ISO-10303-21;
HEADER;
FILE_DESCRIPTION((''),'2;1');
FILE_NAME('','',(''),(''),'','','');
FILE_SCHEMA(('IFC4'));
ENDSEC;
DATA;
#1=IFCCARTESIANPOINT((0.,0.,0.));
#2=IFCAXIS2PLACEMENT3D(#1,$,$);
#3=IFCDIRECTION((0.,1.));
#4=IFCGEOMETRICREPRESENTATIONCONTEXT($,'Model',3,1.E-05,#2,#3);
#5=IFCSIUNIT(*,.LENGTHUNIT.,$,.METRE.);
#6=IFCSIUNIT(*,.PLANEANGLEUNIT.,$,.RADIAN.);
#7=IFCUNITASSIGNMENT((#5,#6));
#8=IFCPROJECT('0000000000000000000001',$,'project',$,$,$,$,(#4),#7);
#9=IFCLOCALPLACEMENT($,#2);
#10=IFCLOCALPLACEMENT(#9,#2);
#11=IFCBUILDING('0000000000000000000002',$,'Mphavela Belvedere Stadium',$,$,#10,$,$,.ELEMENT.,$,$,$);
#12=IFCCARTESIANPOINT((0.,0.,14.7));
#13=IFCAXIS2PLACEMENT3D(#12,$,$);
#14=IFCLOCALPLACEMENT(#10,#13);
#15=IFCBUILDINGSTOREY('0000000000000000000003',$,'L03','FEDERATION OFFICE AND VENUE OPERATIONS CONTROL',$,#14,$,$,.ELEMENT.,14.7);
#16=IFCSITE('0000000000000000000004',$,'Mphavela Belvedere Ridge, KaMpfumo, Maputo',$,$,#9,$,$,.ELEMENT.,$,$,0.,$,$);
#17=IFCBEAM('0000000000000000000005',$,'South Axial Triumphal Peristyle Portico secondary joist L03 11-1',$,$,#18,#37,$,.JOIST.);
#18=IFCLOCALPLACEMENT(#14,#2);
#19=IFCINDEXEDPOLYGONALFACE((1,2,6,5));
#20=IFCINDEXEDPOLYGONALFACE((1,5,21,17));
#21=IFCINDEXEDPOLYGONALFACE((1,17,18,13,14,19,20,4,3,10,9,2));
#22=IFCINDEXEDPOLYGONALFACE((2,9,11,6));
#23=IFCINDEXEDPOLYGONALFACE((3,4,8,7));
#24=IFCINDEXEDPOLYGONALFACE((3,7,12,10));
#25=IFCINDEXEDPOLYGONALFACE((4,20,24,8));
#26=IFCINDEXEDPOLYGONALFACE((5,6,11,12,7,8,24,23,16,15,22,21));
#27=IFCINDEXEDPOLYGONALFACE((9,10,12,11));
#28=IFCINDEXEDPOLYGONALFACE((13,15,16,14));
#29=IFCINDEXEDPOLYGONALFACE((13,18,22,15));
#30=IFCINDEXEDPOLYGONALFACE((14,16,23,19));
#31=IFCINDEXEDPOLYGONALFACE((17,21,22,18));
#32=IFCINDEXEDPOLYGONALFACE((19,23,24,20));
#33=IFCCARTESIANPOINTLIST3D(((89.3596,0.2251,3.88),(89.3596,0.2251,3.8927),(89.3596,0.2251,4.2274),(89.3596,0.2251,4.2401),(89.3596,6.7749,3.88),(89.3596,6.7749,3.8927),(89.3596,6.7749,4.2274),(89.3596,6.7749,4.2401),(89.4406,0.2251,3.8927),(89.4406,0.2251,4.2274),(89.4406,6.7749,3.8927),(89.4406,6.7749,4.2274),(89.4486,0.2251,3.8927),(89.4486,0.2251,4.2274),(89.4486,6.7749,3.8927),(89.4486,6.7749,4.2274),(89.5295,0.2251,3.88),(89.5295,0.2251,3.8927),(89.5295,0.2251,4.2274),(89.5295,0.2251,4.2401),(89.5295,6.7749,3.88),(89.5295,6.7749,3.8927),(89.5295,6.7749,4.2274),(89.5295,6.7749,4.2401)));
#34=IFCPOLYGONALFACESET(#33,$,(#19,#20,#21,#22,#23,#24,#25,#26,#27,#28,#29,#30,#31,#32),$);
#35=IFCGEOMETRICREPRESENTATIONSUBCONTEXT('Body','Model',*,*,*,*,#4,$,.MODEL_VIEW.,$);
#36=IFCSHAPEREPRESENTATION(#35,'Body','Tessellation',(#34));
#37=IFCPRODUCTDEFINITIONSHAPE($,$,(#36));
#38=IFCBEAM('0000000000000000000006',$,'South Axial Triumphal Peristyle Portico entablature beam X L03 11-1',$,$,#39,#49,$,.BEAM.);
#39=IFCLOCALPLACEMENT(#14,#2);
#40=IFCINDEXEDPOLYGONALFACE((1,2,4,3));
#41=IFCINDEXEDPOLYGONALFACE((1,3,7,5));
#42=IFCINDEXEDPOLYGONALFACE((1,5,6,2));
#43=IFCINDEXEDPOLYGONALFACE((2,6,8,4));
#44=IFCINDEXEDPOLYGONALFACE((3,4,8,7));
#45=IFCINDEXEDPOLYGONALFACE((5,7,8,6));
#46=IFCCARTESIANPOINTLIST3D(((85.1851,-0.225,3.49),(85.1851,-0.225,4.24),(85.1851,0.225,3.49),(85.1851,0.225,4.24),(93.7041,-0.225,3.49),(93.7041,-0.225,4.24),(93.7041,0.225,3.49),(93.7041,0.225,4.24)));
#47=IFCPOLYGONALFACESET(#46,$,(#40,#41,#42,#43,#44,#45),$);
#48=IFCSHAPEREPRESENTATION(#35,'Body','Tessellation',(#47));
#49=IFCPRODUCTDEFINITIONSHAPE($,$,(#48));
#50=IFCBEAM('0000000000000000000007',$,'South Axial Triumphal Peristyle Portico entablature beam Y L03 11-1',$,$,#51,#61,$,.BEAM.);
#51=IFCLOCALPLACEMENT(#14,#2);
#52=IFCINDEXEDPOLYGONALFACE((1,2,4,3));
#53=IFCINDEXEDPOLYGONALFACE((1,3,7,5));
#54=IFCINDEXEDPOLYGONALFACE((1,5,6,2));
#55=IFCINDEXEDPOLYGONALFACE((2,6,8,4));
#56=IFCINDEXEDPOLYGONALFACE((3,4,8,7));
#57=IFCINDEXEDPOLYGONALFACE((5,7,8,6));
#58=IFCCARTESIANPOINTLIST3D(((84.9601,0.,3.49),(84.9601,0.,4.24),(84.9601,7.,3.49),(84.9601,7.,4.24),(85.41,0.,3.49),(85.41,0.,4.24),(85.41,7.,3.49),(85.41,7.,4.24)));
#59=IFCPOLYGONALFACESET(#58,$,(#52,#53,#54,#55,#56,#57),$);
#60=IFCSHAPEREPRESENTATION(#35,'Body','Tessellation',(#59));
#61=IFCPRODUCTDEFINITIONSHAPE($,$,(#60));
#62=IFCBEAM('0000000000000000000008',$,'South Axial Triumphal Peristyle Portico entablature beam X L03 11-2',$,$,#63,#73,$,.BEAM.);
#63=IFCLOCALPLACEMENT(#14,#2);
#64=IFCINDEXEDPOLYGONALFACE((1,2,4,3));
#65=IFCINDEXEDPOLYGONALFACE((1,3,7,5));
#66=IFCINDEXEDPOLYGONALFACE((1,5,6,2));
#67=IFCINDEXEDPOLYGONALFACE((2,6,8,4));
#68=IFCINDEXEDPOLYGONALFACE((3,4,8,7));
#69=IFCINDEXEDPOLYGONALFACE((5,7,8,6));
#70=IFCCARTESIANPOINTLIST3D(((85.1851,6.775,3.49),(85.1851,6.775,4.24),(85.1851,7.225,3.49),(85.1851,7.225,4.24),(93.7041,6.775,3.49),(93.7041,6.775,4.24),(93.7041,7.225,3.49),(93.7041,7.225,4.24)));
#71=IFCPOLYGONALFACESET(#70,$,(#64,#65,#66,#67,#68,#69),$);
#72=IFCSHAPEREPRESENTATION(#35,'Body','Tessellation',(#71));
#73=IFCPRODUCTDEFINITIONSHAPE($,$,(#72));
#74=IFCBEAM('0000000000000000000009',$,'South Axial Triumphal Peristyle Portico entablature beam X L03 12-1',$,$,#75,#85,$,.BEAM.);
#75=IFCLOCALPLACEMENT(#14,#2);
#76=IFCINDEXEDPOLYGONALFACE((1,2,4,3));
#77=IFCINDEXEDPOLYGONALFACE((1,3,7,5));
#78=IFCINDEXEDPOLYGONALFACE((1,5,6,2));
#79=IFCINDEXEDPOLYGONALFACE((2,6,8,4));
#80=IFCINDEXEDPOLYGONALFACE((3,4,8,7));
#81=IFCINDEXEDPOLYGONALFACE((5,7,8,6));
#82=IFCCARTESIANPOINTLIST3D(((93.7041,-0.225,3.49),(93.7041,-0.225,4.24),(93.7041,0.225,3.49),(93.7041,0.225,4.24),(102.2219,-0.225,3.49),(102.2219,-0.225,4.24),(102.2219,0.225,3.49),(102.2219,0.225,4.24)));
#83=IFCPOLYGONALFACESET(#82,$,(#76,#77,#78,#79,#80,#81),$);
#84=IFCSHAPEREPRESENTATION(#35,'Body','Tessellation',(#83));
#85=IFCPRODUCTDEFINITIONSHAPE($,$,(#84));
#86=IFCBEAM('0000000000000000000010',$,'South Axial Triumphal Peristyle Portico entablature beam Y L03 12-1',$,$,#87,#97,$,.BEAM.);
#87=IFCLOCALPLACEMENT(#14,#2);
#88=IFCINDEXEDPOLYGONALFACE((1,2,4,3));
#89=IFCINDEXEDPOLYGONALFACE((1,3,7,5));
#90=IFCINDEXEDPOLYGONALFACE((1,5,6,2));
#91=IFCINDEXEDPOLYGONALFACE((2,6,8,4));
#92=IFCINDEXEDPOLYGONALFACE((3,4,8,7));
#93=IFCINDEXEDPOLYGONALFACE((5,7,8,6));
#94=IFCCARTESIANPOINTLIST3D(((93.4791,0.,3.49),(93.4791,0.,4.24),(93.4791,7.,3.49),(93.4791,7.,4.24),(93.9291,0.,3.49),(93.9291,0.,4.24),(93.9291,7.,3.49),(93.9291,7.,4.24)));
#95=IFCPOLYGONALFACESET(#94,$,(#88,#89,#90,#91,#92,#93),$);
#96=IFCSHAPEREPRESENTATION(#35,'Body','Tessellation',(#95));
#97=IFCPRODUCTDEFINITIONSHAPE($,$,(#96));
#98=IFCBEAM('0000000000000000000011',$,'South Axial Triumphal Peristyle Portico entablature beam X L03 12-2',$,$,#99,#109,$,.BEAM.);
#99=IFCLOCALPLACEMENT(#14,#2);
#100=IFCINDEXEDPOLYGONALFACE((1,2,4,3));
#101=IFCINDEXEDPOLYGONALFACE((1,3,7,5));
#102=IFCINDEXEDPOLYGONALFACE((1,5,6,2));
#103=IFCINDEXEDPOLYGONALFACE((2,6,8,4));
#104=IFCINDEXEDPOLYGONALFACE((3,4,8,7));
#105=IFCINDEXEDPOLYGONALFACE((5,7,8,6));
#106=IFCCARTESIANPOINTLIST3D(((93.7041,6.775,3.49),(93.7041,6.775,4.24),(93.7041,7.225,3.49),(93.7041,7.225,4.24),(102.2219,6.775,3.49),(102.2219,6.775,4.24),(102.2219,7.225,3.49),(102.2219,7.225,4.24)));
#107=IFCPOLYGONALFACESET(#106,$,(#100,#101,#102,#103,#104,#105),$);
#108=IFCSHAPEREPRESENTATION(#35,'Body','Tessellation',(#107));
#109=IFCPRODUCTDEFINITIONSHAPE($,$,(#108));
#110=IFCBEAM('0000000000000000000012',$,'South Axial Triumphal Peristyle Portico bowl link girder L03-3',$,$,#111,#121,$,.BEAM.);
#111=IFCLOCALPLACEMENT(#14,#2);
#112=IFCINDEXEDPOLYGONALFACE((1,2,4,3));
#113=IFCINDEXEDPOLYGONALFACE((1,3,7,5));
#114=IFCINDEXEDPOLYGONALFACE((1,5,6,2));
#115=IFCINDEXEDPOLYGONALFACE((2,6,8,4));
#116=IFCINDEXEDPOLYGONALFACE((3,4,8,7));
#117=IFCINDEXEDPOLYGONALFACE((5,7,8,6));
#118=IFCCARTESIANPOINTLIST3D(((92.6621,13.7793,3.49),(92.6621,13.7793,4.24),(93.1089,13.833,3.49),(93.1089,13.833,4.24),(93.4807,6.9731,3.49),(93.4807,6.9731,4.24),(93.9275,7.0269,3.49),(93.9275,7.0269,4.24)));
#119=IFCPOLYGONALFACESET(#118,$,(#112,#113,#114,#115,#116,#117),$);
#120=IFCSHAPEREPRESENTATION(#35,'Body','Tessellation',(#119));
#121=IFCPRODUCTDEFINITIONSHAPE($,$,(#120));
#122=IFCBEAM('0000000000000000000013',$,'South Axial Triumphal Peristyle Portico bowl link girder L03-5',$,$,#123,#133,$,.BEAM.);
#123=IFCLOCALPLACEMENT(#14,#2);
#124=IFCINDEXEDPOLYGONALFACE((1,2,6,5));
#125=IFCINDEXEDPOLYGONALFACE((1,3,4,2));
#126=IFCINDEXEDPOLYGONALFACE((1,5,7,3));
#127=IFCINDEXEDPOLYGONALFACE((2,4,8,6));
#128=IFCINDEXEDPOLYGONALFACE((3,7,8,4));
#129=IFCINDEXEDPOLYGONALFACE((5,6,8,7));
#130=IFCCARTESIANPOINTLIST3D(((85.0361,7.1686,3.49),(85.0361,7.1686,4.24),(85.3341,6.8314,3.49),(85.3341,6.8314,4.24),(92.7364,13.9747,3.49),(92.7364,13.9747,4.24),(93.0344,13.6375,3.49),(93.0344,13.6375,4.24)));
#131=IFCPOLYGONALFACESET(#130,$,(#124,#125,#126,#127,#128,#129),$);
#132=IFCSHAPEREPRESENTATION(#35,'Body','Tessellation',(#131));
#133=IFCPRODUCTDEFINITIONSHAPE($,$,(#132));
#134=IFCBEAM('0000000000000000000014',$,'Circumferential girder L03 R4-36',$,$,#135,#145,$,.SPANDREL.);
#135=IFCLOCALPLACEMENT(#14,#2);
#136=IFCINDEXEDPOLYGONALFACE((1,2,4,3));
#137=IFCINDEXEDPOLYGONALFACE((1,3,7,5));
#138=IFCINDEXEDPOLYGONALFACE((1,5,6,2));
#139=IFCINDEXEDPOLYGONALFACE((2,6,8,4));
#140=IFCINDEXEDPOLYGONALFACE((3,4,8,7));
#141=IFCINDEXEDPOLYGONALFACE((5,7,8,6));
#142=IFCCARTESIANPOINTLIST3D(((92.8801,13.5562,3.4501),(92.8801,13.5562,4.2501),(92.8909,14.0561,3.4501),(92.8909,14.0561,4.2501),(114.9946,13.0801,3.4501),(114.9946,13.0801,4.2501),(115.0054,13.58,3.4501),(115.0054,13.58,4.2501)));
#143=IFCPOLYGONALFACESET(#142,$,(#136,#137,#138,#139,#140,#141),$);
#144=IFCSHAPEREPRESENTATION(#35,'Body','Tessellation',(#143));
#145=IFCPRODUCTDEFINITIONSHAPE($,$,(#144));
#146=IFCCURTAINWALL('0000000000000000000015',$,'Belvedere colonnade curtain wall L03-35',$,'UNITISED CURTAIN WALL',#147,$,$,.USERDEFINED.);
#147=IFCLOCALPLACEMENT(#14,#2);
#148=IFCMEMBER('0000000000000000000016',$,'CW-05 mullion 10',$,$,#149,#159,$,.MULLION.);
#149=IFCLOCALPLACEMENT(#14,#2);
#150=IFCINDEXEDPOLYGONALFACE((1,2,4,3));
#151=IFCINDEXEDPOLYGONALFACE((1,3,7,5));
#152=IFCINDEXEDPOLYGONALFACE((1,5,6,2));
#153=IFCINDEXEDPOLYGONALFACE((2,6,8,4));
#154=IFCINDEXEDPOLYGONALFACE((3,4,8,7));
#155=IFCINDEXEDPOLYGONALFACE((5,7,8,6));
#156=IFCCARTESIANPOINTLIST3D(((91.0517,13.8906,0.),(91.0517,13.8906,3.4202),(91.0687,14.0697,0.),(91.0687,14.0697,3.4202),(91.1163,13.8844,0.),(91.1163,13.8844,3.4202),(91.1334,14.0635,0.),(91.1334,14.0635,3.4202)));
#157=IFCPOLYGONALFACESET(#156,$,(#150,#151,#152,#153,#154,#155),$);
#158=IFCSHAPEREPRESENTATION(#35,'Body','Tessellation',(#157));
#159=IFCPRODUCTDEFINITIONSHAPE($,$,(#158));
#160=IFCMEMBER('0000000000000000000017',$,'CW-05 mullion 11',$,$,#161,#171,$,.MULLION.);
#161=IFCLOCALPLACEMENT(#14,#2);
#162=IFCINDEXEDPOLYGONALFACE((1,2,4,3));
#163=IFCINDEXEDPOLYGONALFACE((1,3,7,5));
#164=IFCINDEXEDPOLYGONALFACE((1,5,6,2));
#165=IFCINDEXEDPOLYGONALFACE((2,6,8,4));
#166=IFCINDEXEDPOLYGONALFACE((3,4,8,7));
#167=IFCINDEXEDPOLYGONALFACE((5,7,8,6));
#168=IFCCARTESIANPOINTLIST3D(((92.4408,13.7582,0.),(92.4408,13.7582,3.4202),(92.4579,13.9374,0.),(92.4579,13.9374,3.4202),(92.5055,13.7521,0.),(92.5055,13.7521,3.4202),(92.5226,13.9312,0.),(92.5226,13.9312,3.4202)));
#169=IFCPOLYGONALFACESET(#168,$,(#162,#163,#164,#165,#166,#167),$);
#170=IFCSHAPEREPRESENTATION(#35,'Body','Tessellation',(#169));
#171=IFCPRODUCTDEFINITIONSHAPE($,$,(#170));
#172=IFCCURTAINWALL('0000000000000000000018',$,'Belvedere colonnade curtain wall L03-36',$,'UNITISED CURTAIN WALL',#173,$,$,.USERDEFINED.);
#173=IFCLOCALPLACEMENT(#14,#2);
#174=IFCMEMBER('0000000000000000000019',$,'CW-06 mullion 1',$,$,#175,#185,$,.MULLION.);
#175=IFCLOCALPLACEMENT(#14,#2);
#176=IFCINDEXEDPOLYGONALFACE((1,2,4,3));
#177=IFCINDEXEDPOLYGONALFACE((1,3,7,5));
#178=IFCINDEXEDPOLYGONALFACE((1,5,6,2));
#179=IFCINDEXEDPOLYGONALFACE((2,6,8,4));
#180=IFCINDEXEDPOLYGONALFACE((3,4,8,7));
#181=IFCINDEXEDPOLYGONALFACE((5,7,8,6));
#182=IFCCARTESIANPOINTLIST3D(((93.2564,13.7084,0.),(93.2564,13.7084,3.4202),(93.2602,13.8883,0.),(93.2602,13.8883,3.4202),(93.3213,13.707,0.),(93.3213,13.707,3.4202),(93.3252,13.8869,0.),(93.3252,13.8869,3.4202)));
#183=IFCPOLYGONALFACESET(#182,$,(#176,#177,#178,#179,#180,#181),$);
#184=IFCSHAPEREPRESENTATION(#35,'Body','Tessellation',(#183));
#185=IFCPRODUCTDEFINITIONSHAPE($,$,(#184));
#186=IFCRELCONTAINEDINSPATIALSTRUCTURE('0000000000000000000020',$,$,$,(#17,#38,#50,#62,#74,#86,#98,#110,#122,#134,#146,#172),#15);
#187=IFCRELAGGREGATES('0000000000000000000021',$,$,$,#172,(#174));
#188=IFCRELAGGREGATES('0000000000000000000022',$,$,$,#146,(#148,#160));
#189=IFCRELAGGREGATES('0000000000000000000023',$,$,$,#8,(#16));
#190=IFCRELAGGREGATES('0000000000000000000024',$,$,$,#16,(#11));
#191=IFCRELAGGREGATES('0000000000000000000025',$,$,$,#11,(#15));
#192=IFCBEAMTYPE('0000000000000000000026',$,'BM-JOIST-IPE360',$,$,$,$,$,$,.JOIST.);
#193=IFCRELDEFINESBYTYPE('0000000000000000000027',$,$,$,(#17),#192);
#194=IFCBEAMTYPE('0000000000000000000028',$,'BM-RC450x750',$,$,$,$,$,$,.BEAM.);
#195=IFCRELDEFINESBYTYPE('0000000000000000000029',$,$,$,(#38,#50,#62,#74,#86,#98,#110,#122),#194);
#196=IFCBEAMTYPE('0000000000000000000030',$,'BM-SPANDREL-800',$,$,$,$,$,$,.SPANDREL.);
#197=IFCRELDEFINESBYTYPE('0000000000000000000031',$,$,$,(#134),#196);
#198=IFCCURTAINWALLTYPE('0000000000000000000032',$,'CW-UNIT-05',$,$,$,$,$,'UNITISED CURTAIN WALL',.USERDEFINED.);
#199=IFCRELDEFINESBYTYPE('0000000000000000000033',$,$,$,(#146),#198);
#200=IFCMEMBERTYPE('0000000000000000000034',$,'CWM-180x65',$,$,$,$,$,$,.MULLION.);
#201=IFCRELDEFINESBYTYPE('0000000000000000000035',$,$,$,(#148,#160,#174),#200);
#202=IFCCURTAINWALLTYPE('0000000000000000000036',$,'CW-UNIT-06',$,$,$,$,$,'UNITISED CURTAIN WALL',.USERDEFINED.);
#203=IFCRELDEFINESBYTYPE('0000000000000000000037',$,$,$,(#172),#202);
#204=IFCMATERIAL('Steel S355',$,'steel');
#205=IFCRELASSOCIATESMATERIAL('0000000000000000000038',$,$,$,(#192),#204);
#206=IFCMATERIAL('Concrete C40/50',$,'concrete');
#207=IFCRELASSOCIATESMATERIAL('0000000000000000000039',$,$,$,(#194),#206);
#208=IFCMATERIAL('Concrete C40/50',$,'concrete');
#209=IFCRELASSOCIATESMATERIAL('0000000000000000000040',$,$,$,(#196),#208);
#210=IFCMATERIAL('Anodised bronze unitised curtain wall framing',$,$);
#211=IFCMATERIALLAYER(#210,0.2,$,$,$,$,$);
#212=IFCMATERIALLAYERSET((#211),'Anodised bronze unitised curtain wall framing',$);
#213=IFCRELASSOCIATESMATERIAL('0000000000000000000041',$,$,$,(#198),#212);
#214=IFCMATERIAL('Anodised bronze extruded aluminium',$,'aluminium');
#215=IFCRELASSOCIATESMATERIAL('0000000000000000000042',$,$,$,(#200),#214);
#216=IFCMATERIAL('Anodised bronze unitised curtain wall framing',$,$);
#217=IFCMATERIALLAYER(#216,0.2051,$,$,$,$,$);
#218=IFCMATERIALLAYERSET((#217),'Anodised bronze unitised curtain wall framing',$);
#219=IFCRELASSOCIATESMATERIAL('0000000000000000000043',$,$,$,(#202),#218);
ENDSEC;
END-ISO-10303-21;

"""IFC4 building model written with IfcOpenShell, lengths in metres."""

from ifc_helpers import new_model, si_unit, direction, frame, origin, origin_2d, place, context, subcontext, project, spatial, rectangle, i_section, extrude, material, layer, layer_set, material_profile, profile_set, type_object, element, aggregate, save


model = new_model("IFC4")

# Units and contexts
model_context = context("Model", 3, precision=1e-05, world=origin(), true_north=direction((0.0, 1.0)))
body_context = subcontext(model_context, "Body", "Model", "MODEL_VIEW")
ifc_project = project(units=[si_unit("LENGTHUNIT", "METRE"), si_unit("PLANEANGLEUNIT", "RADIAN")], contexts=[model_context])

# Site, building, storey
site_placement = place(None, origin())
site = spatial("IfcSite", under=ifc_project, at=site_placement, Name="Mphavela Belvedere Ridge, KaMpfumo, Maputo", CompositionType="ELEMENT", RefElevation=0.0)
building_placement = place(site_placement, origin())
building = spatial("IfcBuilding", under=site, at=building_placement, Name="Mphavela Belvedere Stadium", CompositionType="ELEMENT")
storey_placement = place(building_placement, frame((0.0, 0.0, 14.7)))
storey = spatial("IfcBuildingStorey", under=building, at=storey_placement, Name="L03", Description="FEDERATION OFFICE AND VENUE OPERATIONS CONTROL", CompositionType="ELEMENT", Elevation=14.7)

# Beams
ifc_material_1 = material(Name="Steel S355", Category="steel")
ifc_material_profile_1 = material_profile(ifc_material_1, i_section(OverallWidth=0.1699, OverallDepth=0.3601, WebThickness=0.0081, FlangeThickness=0.0127, at=origin_2d()), Name="IPE 360")
ifc_profile_set_1 = profile_set([ifc_material_profile_1], Name="Steel S355")
beam_type_1 = type_object("IfcBeamType", Name="BM-JOIST-IPE360", PredefinedType="JOIST", material=ifc_profile_set_1)
beam_1_placement = place(storey_placement, frame((89.4446, 0.2251, 4.0601), z_axis=(0.0, 1.0, 0.0), x_axis=(-1.0, 0.0, 0.0)))
element("IfcBeam", 1, at=beam_1_placement, inside=storey, type_object=beam_type_1, Name="South Axial Triumphal Peristyle Portico secondary joist L03 11-1", PredefinedType="JOIST", context=body_context, shape_type="SweptSolid", body=[
    extrude(i_section(OverallWidth=0.1699, OverallDepth=0.3601, WebThickness=0.0081, FlangeThickness=0.0127, at=origin_2d()), origin(), (0.0, 0.0, 1.0), 6.5498),
])
ifc_material_2 = material(Name="Concrete C40/50", Category="concrete")
ifc_material_profile_2 = material_profile(ifc_material_2, rectangle(XDim=0.45, YDim=0.75, at=origin_2d()), Name="RC 450x750")
ifc_profile_set_2 = profile_set([ifc_material_profile_2], Name="Concrete C40/50")
beam_type_2 = type_object("IfcBeamType", Name="BM-RC450x750", PredefinedType="BEAM", material=ifc_profile_set_2)
beam_2_placement = place(storey_placement, frame((85.1851, 0.0, 3.865), z_axis=(1.0, 0.0, 0.0), x_axis=(0.0, 1.0, 0.0)))
element("IfcBeam", 2, at=beam_2_placement, inside=storey, type_object=beam_type_2, Name="South Axial Triumphal Peristyle Portico entablature beam X L03 11-1", PredefinedType="BEAM", context=body_context, shape_type="SweptSolid", body=[
    extrude(rectangle(XDim=0.45, YDim=0.75, at=origin_2d()), origin(), (0.0, 0.0, 1.0), 8.519),
])
beam_3_placement = place(storey_placement, frame((85.1851, 0.0, 3.865), z_axis=(0.0, 1.0, 0.0), x_axis=(-1.0, 0.0, 0.0)))
element("IfcBeam", 3, at=beam_3_placement, inside=storey, type_object=beam_type_2, Name="South Axial Triumphal Peristyle Portico entablature beam Y L03 11-1", PredefinedType="BEAM", context=body_context, shape_type="SweptSolid", body=[
    extrude(rectangle(XDim=0.45, YDim=0.75, at=origin_2d()), origin(), (0.0, 0.0, 1.0), 7.0),
])
beam_4_placement = place(storey_placement, frame((85.1851, 7.0, 3.865), z_axis=(1.0, 0.0, 0.0), x_axis=(0.0, 1.0, 0.0)))
element("IfcBeam", 4, at=beam_4_placement, inside=storey, type_object=beam_type_2, Name="South Axial Triumphal Peristyle Portico entablature beam X L03 11-2", PredefinedType="BEAM", context=body_context, shape_type="SweptSolid", body=[
    extrude(rectangle(XDim=0.45, YDim=0.75, at=origin_2d()), origin(), (0.0, 0.0, 1.0), 8.519),
])
beam_5_placement = place(storey_placement, frame((93.7041, 0.0, 3.865), z_axis=(1.0, 0.0, 0.0), x_axis=(0.0, 1.0, 0.0)))
element("IfcBeam", 5, at=beam_5_placement, inside=storey, type_object=beam_type_2, Name="South Axial Triumphal Peristyle Portico entablature beam X L03 12-1", PredefinedType="BEAM", context=body_context, shape_type="SweptSolid", body=[
    extrude(rectangle(XDim=0.45, YDim=0.75, at=origin_2d()), origin(), (0.0, 0.0, 1.0), 8.5178),
])
beam_6_placement = place(storey_placement, frame((93.7041, 0.0, 3.865), z_axis=(0.0, 1.0, 0.0), x_axis=(-1.0, 0.0, 0.0)))
element("IfcBeam", 6, at=beam_6_placement, inside=storey, type_object=beam_type_2, Name="South Axial Triumphal Peristyle Portico entablature beam Y L03 12-1", PredefinedType="BEAM", context=body_context, shape_type="SweptSolid", body=[
    extrude(rectangle(XDim=0.45, YDim=0.75, at=origin_2d()), origin(), (0.0, 0.0, 1.0), 7.0),
])
beam_7_placement = place(storey_placement, frame((93.7041, 7.0, 3.865), z_axis=(1.0, 0.0, 0.0), x_axis=(0.0, 1.0, 0.0)))
element("IfcBeam", 7, at=beam_7_placement, inside=storey, type_object=beam_type_2, Name="South Axial Triumphal Peristyle Portico entablature beam X L03 12-2", PredefinedType="BEAM", context=body_context, shape_type="SweptSolid", body=[
    extrude(rectangle(XDim=0.45, YDim=0.75, at=origin_2d()), origin(), (0.0, 0.0, 1.0), 8.5178),
])
beam_8_placement = place(storey_placement, frame((93.7041, 7.0, 3.865), z_axis=(-0.119413, 0.992845, 0.0), x_axis=(-0.992845, -0.119413, 0.0)))
element("IfcBeam", 8, at=beam_8_placement, inside=storey, type_object=beam_type_2, Name="South Axial Triumphal Peristyle Portico bowl link girder L03-3", PredefinedType="BEAM", context=body_context, shape_type="SweptSolid", body=[
    extrude(rectangle(XDim=0.45, YDim=0.75, at=origin_2d()), origin(), (0.0, 0.0, 1.0), 6.8552),
])
beam_9_placement = place(storey_placement, frame((85.1851, 7.0, 3.865), z_axis=(0.749275, 0.662259, 0.0), x_axis=(-0.662259, 0.749275, 0.0)))
element("IfcBeam", 9, at=beam_9_placement, inside=storey, type_object=beam_type_2, Name="South Axial Triumphal Peristyle Portico bowl link girder L03-5", PredefinedType="BEAM", context=body_context, shape_type="SweptSolid", body=[
    extrude(rectangle(XDim=0.45, YDim=0.75, at=origin_2d()), origin(), (0.0, 0.0, 1.0), 10.2771),
])
ifc_material_3 = material(Name="Concrete C40/50", Category="concrete")
ifc_material_profile_3 = material_profile(ifc_material_3, rectangle(XDim=0.5, YDim=0.8, at=origin_2d()), Name="RC 500x800")
ifc_profile_set_3 = profile_set([ifc_material_profile_3], Name="Concrete C40/50")
beam_type_3 = type_object("IfcBeamType", Name="BM-SPANDREL-800", PredefinedType="SPANDREL", material=ifc_profile_set_3)
beam_10_placement = place(storey_placement, frame((92.8855, 13.8062, 3.8501), z_axis=(0.999768, -0.021523, 0.0), x_axis=(0.021523, 0.999768, 0.0)))
element("IfcBeam", 10, at=beam_10_placement, inside=storey, type_object=beam_type_3, Name="Circumferential girder L03 R4-36", PredefinedType="SPANDREL", context=body_context, shape_type="SweptSolid", body=[
    extrude(rectangle(XDim=0.5, YDim=0.8, at=origin_2d()), origin(), (0.0, 0.0, 1.0), 22.1196),
])

# Curtain wall, members
ifc_material_4 = material(Name="Anodised bronze unitised curtain wall framing")
ifc_layer_1 = layer(ifc_material_4, 0.2)
ifc_layer_set_1 = layer_set([ifc_layer_1], Name="Anodised bronze unitised curtain wall framing")
curtain_wall_type_1 = type_object("IfcCurtainWallType", Name="CW-UNIT-05", ElementType="UNITISED CURTAIN WALL", PredefinedType="USERDEFINED", material=ifc_layer_set_1)
curtain_wall_1_placement = place(storey_placement, origin())
curtain_wall_1 = element("IfcCurtainWall", 11, at=curtain_wall_1_placement, inside=storey, type_object=curtain_wall_type_1, Name="Belvedere colonnade curtain wall L03-35", ObjectType="UNITISED CURTAIN WALL", PredefinedType="USERDEFINED")
ifc_material_5 = material(Name="Anodised bronze extruded aluminium", Category="aluminium")
ifc_material_profile_4 = material_profile(ifc_material_5, rectangle(XDim=0.1799, YDim=0.0649, at=origin_2d()), Name="CW-MUL 180x65")
ifc_profile_set_4 = profile_set([ifc_material_profile_4], Name="Anodised bronze extruded aluminium")
member_type_1 = type_object("IfcMemberType", Name="CWM-180x65", PredefinedType="MULLION", material=ifc_profile_set_4)
member_1_placement = place(storey_placement, frame((91.0925, 13.9771, 0.0), z_axis=(0.0, 0.0, 1.0), x_axis=(0.094929, 0.995484, 0.0)))
member_1 = element("IfcMember", 12, at=member_1_placement, type_object=member_type_1, Name="CW-05 mullion 10", PredefinedType="MULLION", context=body_context, shape_type="SweptSolid", body=[
    extrude(rectangle(XDim=0.1799, YDim=0.0649, at=origin_2d()), origin(), (0.0, 0.0, 1.0), 3.4202),
])
member_2_placement = place(storey_placement, frame((92.4817, 13.8447, 0.0), z_axis=(0.0, 0.0, 1.0), x_axis=(0.094929, 0.995484, 0.0)))
member_2 = element("IfcMember", 13, at=member_2_placement, type_object=member_type_1, Name="CW-05 mullion 11", PredefinedType="MULLION", context=body_context, shape_type="SweptSolid", body=[
    extrude(rectangle(XDim=0.1799, YDim=0.0649, at=origin_2d()), origin(), (0.0, 0.0, 1.0), 3.4202),
])

# Curtain wall, member
ifc_material_6 = material(Name="Anodised bronze unitised curtain wall framing")
ifc_layer_2 = layer(ifc_material_6, 0.2051)
ifc_layer_set_2 = layer_set([ifc_layer_2], Name="Anodised bronze unitised curtain wall framing")
curtain_wall_type_2 = type_object("IfcCurtainWallType", Name="CW-UNIT-06", ElementType="UNITISED CURTAIN WALL", PredefinedType="USERDEFINED", material=ifc_layer_set_2)
curtain_wall_2_placement = place(storey_placement, origin())
curtain_wall_2 = element("IfcCurtainWall", 14, at=curtain_wall_2_placement, inside=storey, type_object=curtain_wall_type_2, Name="Belvedere colonnade curtain wall L03-36", ObjectType="UNITISED CURTAIN WALL", PredefinedType="USERDEFINED")
member_3_placement = place(storey_placement, frame((93.2908, 13.7976, 0.0), z_axis=(0.0, 0.0, 1.0), x_axis=(0.021531, 0.999768, 0.0)))
member_3 = element("IfcMember", 15, at=member_3_placement, type_object=member_type_1, Name="CW-06 mullion 1", PredefinedType="MULLION", context=body_context, shape_type="SweptSolid", body=[
    extrude(rectangle(XDim=0.1799, YDim=0.0649, at=origin_2d()), origin(), (0.0, 0.0, 1.0), 3.4202),
])

aggregate(curtain_wall_2, [member_3])

aggregate(curtain_wall_1, [member_1, member_2])

save(model, "model.ifc")
